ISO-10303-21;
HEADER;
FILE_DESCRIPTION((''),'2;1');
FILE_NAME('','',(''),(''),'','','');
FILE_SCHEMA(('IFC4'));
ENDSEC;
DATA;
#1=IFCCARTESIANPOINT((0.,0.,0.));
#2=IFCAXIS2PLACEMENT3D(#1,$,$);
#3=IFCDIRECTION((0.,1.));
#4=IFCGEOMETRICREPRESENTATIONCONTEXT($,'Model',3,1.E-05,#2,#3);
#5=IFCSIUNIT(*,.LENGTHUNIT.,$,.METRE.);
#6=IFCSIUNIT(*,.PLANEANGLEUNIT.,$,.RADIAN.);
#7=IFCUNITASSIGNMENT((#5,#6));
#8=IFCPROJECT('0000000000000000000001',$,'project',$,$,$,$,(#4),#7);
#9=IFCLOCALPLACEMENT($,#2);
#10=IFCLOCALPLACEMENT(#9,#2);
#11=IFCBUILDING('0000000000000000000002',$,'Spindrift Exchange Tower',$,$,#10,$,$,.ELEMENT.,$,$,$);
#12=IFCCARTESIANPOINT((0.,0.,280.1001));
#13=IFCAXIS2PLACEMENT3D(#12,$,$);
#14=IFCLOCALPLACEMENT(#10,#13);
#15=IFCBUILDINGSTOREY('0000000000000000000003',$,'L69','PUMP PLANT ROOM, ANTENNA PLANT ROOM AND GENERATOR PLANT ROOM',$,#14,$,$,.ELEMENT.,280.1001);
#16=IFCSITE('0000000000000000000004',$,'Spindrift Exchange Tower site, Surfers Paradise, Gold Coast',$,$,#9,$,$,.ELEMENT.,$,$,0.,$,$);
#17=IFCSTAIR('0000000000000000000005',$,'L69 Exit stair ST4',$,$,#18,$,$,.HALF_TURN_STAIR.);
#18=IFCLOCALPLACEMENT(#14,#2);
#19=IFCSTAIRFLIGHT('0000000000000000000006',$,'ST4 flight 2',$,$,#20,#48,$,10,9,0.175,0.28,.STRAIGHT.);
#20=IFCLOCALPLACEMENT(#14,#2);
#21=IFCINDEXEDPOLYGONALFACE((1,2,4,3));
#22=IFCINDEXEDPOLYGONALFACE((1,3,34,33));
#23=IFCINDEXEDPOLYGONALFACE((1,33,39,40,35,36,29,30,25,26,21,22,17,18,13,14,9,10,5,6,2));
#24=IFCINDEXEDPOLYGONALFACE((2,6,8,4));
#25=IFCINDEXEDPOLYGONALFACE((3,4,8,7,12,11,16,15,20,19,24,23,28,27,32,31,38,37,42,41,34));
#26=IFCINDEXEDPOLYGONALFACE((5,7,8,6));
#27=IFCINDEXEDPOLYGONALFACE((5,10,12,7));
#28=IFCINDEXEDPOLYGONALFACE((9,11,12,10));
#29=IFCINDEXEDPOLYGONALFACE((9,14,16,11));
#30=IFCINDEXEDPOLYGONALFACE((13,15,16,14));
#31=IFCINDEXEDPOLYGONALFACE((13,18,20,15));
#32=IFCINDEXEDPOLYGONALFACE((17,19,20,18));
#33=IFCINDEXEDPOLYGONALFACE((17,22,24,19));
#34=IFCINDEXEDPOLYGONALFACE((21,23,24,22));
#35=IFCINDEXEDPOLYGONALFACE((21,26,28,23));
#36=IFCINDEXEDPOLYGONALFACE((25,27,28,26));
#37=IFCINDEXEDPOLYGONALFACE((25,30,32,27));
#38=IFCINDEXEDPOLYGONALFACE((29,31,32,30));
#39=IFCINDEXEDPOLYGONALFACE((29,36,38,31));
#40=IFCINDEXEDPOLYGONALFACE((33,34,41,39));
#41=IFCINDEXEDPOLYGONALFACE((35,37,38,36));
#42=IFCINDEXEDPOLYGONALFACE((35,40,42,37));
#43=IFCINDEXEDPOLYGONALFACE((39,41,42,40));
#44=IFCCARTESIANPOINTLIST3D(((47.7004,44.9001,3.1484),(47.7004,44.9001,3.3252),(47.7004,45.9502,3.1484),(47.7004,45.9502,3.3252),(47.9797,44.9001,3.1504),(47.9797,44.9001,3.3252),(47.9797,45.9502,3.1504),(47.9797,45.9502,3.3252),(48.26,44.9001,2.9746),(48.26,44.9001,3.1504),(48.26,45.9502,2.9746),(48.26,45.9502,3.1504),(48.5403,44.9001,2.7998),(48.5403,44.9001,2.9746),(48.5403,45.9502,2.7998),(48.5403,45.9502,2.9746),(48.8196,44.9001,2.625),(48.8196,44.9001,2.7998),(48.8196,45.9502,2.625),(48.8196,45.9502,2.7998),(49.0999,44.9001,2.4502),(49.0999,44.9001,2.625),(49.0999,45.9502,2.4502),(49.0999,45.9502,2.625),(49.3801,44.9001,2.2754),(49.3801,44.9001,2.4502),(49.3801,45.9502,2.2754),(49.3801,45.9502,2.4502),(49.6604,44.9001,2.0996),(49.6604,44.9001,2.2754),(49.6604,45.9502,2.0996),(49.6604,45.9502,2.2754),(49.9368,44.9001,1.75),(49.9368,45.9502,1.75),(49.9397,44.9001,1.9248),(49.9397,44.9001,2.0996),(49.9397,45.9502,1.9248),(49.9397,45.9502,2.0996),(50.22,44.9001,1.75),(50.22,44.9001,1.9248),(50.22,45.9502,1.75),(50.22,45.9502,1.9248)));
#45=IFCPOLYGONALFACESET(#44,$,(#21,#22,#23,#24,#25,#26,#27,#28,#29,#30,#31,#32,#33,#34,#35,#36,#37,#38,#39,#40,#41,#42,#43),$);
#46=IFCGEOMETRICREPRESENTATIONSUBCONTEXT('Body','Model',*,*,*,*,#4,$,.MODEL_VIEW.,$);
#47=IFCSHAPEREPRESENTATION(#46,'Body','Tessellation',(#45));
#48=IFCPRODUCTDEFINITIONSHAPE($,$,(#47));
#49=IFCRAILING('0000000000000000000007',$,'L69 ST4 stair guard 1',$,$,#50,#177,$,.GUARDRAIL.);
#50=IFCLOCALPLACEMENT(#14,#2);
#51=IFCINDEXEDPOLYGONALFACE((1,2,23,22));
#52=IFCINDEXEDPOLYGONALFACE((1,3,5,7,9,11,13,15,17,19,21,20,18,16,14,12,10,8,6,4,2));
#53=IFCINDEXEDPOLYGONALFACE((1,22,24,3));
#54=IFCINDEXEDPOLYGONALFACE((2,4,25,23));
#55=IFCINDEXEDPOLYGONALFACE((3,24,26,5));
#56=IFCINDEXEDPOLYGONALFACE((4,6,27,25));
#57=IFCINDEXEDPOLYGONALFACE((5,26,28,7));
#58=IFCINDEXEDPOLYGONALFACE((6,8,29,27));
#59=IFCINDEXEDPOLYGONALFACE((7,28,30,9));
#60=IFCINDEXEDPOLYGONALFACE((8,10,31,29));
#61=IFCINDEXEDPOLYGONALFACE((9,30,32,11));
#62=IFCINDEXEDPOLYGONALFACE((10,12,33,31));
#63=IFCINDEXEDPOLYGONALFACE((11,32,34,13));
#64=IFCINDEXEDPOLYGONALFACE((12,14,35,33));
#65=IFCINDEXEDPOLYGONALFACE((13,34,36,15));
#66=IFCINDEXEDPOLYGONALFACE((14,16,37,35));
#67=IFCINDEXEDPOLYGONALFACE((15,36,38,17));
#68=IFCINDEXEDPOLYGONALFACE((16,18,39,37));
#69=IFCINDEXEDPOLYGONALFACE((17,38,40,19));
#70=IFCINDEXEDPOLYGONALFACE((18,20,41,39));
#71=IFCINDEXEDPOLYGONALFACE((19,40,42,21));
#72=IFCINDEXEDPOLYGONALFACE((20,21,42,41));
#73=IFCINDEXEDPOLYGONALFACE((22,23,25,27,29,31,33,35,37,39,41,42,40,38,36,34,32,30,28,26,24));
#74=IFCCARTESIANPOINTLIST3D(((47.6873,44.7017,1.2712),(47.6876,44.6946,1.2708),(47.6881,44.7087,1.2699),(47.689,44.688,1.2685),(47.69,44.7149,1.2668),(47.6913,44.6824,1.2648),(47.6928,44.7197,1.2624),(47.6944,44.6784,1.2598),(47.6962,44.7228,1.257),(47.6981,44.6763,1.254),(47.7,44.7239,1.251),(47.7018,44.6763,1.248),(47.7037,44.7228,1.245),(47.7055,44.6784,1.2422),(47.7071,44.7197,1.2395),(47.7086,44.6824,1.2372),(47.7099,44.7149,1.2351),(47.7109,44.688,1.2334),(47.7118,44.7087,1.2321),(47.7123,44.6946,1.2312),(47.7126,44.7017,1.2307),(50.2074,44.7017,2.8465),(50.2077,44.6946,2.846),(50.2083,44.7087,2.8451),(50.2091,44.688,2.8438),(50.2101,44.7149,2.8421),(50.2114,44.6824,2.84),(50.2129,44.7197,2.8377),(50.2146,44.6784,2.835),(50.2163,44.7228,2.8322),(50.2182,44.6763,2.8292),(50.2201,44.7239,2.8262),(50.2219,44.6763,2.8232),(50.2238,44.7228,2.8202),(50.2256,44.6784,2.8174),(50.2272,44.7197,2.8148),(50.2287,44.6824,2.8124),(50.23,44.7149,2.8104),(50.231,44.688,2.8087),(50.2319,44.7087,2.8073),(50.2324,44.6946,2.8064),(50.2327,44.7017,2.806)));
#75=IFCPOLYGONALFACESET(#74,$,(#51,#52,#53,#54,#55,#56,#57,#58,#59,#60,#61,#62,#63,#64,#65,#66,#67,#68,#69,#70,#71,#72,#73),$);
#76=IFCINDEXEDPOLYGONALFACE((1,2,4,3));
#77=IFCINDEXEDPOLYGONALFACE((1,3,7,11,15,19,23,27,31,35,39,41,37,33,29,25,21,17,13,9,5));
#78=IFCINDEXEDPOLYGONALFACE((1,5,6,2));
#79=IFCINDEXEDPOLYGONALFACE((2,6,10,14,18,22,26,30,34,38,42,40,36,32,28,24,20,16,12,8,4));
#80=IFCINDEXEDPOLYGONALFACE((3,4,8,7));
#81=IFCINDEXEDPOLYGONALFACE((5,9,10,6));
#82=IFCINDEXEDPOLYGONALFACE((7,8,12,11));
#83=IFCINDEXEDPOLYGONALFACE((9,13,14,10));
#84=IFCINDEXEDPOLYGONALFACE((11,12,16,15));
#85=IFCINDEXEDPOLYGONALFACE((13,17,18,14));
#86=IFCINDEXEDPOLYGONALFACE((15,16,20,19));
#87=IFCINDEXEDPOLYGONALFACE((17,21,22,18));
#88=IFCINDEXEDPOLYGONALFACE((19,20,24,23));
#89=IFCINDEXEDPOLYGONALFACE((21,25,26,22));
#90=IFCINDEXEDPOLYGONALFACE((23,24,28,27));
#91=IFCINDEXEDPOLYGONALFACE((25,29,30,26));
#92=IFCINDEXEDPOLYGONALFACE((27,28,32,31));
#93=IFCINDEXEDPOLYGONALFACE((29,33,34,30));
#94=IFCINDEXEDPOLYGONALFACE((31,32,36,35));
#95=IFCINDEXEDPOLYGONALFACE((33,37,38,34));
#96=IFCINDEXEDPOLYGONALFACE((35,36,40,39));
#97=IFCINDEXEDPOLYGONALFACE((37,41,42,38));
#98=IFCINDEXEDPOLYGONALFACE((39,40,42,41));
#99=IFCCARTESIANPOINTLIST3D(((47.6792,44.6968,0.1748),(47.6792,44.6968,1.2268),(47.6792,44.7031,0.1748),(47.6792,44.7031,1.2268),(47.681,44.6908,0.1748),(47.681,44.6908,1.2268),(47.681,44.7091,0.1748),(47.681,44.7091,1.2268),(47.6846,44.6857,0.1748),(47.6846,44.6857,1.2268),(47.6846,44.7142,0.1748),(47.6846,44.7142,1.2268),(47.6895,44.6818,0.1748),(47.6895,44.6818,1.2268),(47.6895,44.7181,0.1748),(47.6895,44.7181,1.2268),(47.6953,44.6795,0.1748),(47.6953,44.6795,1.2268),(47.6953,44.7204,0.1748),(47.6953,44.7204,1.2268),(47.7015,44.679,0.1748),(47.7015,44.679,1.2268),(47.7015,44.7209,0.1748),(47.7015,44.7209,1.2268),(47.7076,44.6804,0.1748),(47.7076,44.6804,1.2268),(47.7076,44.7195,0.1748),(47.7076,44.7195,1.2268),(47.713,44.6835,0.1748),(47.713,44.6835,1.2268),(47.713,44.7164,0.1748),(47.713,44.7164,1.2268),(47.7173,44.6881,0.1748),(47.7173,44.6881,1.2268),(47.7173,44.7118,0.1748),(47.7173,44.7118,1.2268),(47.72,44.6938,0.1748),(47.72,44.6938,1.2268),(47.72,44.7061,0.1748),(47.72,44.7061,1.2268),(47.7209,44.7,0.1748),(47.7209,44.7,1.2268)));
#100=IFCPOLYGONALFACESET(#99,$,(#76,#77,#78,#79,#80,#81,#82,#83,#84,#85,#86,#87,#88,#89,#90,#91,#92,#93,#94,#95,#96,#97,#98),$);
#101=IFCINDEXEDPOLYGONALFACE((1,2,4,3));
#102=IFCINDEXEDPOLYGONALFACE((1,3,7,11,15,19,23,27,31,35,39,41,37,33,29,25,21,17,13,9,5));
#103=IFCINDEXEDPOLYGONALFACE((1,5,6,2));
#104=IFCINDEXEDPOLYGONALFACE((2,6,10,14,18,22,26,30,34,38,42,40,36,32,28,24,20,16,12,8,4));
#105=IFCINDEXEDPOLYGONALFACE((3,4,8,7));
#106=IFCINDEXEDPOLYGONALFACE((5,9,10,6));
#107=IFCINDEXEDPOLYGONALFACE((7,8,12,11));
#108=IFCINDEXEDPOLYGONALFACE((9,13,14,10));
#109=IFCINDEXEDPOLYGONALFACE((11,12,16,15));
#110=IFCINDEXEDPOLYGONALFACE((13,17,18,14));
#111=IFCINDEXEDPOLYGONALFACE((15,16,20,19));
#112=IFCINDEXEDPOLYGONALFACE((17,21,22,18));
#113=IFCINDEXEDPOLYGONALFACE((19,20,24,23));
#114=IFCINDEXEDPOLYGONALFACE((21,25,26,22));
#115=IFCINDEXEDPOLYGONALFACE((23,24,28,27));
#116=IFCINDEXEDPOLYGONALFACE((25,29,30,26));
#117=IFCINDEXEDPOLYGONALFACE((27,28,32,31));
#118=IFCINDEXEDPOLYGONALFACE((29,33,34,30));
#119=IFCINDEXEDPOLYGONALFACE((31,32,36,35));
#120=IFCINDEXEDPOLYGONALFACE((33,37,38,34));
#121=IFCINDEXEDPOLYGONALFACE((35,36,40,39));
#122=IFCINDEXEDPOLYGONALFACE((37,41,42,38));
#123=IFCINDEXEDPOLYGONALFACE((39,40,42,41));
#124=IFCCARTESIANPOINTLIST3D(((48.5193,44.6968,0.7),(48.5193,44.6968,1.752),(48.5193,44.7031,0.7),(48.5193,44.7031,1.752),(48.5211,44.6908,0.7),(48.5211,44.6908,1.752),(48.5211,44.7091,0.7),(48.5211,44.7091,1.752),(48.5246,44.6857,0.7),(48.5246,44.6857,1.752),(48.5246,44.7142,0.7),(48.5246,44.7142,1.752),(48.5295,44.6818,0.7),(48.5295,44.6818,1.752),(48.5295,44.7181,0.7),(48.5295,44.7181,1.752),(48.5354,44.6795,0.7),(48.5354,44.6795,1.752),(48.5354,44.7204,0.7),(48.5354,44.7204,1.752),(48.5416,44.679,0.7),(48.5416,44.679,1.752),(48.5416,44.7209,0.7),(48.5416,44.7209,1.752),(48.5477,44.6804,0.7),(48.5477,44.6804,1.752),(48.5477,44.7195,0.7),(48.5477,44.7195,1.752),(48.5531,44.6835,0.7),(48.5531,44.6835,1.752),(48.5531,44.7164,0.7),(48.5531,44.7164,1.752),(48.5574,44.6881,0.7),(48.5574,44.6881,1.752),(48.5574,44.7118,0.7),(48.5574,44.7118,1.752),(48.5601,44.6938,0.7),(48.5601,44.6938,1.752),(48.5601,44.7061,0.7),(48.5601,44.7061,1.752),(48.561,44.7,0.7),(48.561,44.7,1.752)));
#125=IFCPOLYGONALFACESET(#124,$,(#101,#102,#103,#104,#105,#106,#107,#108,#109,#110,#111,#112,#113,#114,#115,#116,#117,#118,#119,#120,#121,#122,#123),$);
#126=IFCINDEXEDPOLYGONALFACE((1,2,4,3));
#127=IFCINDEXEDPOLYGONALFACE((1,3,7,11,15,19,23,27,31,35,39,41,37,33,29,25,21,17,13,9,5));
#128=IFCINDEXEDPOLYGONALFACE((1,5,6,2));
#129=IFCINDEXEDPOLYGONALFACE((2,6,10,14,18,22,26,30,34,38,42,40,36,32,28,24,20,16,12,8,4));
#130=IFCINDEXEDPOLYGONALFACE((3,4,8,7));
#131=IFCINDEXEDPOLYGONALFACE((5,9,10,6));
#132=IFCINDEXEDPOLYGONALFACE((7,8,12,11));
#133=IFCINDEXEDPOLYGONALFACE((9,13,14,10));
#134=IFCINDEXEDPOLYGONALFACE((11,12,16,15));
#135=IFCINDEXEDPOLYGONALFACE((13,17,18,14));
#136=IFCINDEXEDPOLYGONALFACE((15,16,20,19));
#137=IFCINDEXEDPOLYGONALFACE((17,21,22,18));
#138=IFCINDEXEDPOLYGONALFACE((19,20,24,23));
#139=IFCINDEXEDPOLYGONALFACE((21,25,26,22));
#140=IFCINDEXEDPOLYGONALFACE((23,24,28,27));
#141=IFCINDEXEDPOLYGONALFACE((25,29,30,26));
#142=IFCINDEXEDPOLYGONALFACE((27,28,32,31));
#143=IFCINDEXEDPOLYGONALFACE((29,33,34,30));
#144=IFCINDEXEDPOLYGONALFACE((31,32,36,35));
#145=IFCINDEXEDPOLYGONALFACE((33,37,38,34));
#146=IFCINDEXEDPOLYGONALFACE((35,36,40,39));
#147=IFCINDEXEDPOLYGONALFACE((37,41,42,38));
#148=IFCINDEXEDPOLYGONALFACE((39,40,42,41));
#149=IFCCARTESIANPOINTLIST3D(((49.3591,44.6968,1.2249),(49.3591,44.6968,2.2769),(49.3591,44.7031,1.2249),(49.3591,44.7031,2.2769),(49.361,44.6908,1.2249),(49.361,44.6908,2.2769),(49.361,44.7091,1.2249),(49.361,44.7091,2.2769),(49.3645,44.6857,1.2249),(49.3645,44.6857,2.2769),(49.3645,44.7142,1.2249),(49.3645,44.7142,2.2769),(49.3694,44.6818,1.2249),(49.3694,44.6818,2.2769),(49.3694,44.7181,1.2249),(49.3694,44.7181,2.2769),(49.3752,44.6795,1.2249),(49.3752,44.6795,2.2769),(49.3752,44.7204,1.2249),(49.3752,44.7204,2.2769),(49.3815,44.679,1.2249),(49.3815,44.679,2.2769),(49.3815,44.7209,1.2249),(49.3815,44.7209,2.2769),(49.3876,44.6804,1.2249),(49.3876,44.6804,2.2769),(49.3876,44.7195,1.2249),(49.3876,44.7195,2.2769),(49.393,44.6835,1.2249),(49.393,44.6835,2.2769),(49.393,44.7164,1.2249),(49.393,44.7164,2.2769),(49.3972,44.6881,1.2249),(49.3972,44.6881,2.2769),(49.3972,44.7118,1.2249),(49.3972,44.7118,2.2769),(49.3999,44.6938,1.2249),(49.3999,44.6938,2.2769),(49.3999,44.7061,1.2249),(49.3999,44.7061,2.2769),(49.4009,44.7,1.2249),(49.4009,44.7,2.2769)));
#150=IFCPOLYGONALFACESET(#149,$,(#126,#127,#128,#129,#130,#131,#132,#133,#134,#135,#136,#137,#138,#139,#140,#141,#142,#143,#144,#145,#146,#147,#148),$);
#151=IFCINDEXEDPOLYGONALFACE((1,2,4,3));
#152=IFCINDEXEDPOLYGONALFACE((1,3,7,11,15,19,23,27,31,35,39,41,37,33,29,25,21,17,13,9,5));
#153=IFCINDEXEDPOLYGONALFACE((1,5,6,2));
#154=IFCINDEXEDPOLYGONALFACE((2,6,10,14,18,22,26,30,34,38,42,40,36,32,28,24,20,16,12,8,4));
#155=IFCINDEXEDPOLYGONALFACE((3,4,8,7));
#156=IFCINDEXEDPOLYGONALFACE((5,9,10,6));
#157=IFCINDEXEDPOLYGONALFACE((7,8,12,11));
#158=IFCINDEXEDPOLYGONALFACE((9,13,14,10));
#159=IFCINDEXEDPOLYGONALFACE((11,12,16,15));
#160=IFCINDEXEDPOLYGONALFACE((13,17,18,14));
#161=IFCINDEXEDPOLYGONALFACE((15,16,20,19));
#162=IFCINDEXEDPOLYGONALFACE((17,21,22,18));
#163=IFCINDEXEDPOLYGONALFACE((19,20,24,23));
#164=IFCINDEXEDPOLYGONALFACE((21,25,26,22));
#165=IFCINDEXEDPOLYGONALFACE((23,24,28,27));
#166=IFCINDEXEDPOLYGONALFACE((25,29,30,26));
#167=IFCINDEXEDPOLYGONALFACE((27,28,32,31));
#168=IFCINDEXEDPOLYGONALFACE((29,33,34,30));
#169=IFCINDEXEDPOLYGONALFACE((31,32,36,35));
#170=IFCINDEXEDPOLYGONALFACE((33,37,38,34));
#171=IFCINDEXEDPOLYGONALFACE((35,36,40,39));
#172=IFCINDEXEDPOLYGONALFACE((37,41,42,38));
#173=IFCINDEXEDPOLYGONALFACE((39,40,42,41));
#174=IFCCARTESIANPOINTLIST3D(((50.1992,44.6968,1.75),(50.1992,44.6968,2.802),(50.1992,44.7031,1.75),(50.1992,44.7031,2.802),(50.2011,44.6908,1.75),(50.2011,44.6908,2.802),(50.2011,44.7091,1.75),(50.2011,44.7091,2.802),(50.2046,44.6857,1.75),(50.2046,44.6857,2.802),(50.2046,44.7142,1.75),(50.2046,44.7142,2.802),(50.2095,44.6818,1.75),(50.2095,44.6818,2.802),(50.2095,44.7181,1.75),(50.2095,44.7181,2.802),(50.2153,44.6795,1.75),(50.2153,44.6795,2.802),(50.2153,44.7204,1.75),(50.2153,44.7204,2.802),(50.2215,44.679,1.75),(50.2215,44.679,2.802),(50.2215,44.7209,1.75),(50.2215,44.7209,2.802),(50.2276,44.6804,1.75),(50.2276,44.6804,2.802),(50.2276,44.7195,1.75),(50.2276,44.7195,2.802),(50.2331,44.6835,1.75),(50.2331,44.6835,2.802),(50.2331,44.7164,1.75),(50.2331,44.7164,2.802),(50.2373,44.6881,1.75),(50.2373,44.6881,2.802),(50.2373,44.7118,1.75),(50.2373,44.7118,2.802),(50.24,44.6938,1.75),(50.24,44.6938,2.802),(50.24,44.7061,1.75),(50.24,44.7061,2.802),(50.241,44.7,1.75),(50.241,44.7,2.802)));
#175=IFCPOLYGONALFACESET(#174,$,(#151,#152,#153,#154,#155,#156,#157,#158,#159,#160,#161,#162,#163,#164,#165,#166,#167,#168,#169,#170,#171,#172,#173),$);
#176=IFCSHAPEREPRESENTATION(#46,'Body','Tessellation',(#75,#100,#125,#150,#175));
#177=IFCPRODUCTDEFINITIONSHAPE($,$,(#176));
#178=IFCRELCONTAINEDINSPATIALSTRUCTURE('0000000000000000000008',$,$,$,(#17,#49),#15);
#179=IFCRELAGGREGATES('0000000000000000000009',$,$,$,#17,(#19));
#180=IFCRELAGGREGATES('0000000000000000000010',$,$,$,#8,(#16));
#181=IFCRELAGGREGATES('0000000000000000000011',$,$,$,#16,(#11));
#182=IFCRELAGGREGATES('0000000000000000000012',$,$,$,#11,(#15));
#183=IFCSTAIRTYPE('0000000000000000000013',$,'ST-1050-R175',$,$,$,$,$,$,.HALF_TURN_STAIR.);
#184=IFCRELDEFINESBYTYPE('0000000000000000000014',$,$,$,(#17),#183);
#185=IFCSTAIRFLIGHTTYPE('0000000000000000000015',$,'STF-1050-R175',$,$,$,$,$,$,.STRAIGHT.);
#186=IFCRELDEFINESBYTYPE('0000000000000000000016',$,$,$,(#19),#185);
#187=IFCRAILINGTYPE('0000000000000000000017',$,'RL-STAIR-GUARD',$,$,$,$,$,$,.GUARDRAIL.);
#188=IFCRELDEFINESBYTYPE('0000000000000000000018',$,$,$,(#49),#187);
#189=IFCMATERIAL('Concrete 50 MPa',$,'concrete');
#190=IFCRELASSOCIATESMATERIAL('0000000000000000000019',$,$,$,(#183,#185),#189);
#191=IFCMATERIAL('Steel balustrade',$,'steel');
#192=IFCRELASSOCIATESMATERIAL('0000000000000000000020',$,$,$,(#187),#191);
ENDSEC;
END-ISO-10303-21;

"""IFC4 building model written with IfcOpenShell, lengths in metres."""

from ifc_helpers import new_model, si_unit, direction, frame, origin, origin_2d, place, context, subcontext, project, spatial, line, indexed_curve, circle, outline, extrude, material, type_object, element, aggregate, save


model = new_model("IFC4")

# Units and contexts
model_context = context("Model", 3, precision=1e-05, world=origin(), true_north=direction((0.0, 1.0)))
body_context = subcontext(model_context, "Body", "Model", "MODEL_VIEW")
ifc_project = project(units=[si_unit("LENGTHUNIT", "METRE"), si_unit("PLANEANGLEUNIT", "RADIAN")], contexts=[model_context])

# Site, building, storey
site_placement = place(None, origin())
site = spatial("IfcSite", under=ifc_project, at=site_placement, Name="Spindrift Exchange Tower site, Surfers Paradise, Gold Coast", CompositionType="ELEMENT", RefElevation=0.0)
building_placement = place(site_placement, origin())
building = spatial("IfcBuilding", under=site, at=building_placement, Name="Spindrift Exchange Tower", CompositionType="ELEMENT")
storey_placement = place(building_placement, frame((0.0, 0.0, 280.1001)))
storey = spatial("IfcBuildingStorey", under=building, at=storey_placement, Name="L69", Description="PUMP PLANT ROOM, ANTENNA PLANT ROOM AND GENERATOR PLANT ROOM", CompositionType="ELEMENT", Elevation=280.1001)

# Stair, stair flight
ifc_material_1 = material(Name="Concrete 50 MPa", Category="concrete")
stair_type = type_object("IfcStairType", Name="ST-1050-R175", PredefinedType="HALF_TURN_STAIR", material=ifc_material_1)
stair_placement = place(storey_placement, origin())
stair = element("IfcStair", 1, at=stair_placement, inside=storey, type_object=stair_type, Name="L69 Exit stair ST4", PredefinedType="HALF_TURN_STAIR")
stair_flight_type = type_object("IfcStairFlightType", Name="STF-1050-R175", PredefinedType="STRAIGHT", material=ifc_material_1)
stair_flight_1_placement = place(storey_placement, frame((50.22, 45.425, 1.75), z_axis=(0.0, 0.0, 1.0), x_axis=(-1.0, 0.0, 0.0)))
stair_flight_1 = element("IfcStairFlight", 2, at=stair_flight_1_placement, type_object=stair_flight_type, Name="ST4 flight 2", NumberOfRisers=10, NumberOfTreads=9, PredefinedType="STRAIGHT", RiserHeight=0.175, TreadLength=0.28, context=body_context, shape_type="SweptSolid", body=[
    extrude(outline(indexed_curve([(0.0, 0.0), (0.0, 0.1748), (0.2803, 0.1748), (0.2803, 0.3496), (0.5596, 0.3496), (0.5596, 0.5254), (0.8398, 0.5254), (0.8398, 0.7002), (1.1201, 0.7002), (1.1201, 0.875), (1.4004, 0.875), (1.4004, 1.0498), (1.6797, 1.0498), (1.6797, 1.2246), (1.96, 1.2246), (1.96, 1.4004), (2.2402, 1.4004), (2.2402, 1.5752), (2.5195, 1.5752), (2.5195, 1.75), (2.5195, 1.3984), (0.2832, 0.0)], segments=[line(1, 2, 3, 4, 5, 6, 7, 8, 9, 10, 11, 12, 13, 14, 15, 16, 17, 18, 19, 20, 21, 22, 1)], self_intersect=False)), frame((0.0, 0.5249, 0.0), z_axis=(0.0, -1.0, 0.0), x_axis=(1.0, 0.0, 0.0)), (0.0, 0.0, 1.0), 1.05),
])
aggregate(stair, [stair_flight_1])

# Railing
ifc_material_2 = material(Name="Steel balustrade", Category="steel")
railing_type_1 = type_object("IfcRailingType", Name="RL-STAIR-GUARD", PredefinedType="GUARDRAIL", material=ifc_material_2)
railing_1_placement = place(storey_placement, frame((47.7, 44.7, 0.1748)))
element("IfcRailing", 3, at=railing_1_placement, inside=storey, type_object=railing_type_1, Name="L69 ST4 stair guard 1", PredefinedType="GUARDRAIL", context=body_context, shape_type="SweptSolid", body=[
    extrude(circle(Radius=0.0239, at=origin_2d()), frame((0.0, 0.0, 1.0762), z_axis=(0.847971, 0.0, 0.530043), x_axis=(0.0, 1.0, 0.0)), (0.0, 0.0, 1.0), 2.9719),
    extrude(circle(Radius=0.021, at=origin_2d()), origin(), (0.0, 0.0, 1.0), 1.052),
    extrude(circle(Radius=0.021, at=origin_2d()), frame((0.8401, 0.0, 0.5251)), (0.0, 0.0, 1.0), 1.052),
    extrude(circle(Radius=0.021, at=origin_2d()), frame((1.6799, 0.0, 1.05)), (0.0, 0.0, 1.0), 1.052),
    extrude(circle(Radius=0.021, at=origin_2d()), frame((2.52, 0.0, 1.5752)), (0.0, 0.0, 1.0), 1.052),
])

save(model, "model.ifc")
